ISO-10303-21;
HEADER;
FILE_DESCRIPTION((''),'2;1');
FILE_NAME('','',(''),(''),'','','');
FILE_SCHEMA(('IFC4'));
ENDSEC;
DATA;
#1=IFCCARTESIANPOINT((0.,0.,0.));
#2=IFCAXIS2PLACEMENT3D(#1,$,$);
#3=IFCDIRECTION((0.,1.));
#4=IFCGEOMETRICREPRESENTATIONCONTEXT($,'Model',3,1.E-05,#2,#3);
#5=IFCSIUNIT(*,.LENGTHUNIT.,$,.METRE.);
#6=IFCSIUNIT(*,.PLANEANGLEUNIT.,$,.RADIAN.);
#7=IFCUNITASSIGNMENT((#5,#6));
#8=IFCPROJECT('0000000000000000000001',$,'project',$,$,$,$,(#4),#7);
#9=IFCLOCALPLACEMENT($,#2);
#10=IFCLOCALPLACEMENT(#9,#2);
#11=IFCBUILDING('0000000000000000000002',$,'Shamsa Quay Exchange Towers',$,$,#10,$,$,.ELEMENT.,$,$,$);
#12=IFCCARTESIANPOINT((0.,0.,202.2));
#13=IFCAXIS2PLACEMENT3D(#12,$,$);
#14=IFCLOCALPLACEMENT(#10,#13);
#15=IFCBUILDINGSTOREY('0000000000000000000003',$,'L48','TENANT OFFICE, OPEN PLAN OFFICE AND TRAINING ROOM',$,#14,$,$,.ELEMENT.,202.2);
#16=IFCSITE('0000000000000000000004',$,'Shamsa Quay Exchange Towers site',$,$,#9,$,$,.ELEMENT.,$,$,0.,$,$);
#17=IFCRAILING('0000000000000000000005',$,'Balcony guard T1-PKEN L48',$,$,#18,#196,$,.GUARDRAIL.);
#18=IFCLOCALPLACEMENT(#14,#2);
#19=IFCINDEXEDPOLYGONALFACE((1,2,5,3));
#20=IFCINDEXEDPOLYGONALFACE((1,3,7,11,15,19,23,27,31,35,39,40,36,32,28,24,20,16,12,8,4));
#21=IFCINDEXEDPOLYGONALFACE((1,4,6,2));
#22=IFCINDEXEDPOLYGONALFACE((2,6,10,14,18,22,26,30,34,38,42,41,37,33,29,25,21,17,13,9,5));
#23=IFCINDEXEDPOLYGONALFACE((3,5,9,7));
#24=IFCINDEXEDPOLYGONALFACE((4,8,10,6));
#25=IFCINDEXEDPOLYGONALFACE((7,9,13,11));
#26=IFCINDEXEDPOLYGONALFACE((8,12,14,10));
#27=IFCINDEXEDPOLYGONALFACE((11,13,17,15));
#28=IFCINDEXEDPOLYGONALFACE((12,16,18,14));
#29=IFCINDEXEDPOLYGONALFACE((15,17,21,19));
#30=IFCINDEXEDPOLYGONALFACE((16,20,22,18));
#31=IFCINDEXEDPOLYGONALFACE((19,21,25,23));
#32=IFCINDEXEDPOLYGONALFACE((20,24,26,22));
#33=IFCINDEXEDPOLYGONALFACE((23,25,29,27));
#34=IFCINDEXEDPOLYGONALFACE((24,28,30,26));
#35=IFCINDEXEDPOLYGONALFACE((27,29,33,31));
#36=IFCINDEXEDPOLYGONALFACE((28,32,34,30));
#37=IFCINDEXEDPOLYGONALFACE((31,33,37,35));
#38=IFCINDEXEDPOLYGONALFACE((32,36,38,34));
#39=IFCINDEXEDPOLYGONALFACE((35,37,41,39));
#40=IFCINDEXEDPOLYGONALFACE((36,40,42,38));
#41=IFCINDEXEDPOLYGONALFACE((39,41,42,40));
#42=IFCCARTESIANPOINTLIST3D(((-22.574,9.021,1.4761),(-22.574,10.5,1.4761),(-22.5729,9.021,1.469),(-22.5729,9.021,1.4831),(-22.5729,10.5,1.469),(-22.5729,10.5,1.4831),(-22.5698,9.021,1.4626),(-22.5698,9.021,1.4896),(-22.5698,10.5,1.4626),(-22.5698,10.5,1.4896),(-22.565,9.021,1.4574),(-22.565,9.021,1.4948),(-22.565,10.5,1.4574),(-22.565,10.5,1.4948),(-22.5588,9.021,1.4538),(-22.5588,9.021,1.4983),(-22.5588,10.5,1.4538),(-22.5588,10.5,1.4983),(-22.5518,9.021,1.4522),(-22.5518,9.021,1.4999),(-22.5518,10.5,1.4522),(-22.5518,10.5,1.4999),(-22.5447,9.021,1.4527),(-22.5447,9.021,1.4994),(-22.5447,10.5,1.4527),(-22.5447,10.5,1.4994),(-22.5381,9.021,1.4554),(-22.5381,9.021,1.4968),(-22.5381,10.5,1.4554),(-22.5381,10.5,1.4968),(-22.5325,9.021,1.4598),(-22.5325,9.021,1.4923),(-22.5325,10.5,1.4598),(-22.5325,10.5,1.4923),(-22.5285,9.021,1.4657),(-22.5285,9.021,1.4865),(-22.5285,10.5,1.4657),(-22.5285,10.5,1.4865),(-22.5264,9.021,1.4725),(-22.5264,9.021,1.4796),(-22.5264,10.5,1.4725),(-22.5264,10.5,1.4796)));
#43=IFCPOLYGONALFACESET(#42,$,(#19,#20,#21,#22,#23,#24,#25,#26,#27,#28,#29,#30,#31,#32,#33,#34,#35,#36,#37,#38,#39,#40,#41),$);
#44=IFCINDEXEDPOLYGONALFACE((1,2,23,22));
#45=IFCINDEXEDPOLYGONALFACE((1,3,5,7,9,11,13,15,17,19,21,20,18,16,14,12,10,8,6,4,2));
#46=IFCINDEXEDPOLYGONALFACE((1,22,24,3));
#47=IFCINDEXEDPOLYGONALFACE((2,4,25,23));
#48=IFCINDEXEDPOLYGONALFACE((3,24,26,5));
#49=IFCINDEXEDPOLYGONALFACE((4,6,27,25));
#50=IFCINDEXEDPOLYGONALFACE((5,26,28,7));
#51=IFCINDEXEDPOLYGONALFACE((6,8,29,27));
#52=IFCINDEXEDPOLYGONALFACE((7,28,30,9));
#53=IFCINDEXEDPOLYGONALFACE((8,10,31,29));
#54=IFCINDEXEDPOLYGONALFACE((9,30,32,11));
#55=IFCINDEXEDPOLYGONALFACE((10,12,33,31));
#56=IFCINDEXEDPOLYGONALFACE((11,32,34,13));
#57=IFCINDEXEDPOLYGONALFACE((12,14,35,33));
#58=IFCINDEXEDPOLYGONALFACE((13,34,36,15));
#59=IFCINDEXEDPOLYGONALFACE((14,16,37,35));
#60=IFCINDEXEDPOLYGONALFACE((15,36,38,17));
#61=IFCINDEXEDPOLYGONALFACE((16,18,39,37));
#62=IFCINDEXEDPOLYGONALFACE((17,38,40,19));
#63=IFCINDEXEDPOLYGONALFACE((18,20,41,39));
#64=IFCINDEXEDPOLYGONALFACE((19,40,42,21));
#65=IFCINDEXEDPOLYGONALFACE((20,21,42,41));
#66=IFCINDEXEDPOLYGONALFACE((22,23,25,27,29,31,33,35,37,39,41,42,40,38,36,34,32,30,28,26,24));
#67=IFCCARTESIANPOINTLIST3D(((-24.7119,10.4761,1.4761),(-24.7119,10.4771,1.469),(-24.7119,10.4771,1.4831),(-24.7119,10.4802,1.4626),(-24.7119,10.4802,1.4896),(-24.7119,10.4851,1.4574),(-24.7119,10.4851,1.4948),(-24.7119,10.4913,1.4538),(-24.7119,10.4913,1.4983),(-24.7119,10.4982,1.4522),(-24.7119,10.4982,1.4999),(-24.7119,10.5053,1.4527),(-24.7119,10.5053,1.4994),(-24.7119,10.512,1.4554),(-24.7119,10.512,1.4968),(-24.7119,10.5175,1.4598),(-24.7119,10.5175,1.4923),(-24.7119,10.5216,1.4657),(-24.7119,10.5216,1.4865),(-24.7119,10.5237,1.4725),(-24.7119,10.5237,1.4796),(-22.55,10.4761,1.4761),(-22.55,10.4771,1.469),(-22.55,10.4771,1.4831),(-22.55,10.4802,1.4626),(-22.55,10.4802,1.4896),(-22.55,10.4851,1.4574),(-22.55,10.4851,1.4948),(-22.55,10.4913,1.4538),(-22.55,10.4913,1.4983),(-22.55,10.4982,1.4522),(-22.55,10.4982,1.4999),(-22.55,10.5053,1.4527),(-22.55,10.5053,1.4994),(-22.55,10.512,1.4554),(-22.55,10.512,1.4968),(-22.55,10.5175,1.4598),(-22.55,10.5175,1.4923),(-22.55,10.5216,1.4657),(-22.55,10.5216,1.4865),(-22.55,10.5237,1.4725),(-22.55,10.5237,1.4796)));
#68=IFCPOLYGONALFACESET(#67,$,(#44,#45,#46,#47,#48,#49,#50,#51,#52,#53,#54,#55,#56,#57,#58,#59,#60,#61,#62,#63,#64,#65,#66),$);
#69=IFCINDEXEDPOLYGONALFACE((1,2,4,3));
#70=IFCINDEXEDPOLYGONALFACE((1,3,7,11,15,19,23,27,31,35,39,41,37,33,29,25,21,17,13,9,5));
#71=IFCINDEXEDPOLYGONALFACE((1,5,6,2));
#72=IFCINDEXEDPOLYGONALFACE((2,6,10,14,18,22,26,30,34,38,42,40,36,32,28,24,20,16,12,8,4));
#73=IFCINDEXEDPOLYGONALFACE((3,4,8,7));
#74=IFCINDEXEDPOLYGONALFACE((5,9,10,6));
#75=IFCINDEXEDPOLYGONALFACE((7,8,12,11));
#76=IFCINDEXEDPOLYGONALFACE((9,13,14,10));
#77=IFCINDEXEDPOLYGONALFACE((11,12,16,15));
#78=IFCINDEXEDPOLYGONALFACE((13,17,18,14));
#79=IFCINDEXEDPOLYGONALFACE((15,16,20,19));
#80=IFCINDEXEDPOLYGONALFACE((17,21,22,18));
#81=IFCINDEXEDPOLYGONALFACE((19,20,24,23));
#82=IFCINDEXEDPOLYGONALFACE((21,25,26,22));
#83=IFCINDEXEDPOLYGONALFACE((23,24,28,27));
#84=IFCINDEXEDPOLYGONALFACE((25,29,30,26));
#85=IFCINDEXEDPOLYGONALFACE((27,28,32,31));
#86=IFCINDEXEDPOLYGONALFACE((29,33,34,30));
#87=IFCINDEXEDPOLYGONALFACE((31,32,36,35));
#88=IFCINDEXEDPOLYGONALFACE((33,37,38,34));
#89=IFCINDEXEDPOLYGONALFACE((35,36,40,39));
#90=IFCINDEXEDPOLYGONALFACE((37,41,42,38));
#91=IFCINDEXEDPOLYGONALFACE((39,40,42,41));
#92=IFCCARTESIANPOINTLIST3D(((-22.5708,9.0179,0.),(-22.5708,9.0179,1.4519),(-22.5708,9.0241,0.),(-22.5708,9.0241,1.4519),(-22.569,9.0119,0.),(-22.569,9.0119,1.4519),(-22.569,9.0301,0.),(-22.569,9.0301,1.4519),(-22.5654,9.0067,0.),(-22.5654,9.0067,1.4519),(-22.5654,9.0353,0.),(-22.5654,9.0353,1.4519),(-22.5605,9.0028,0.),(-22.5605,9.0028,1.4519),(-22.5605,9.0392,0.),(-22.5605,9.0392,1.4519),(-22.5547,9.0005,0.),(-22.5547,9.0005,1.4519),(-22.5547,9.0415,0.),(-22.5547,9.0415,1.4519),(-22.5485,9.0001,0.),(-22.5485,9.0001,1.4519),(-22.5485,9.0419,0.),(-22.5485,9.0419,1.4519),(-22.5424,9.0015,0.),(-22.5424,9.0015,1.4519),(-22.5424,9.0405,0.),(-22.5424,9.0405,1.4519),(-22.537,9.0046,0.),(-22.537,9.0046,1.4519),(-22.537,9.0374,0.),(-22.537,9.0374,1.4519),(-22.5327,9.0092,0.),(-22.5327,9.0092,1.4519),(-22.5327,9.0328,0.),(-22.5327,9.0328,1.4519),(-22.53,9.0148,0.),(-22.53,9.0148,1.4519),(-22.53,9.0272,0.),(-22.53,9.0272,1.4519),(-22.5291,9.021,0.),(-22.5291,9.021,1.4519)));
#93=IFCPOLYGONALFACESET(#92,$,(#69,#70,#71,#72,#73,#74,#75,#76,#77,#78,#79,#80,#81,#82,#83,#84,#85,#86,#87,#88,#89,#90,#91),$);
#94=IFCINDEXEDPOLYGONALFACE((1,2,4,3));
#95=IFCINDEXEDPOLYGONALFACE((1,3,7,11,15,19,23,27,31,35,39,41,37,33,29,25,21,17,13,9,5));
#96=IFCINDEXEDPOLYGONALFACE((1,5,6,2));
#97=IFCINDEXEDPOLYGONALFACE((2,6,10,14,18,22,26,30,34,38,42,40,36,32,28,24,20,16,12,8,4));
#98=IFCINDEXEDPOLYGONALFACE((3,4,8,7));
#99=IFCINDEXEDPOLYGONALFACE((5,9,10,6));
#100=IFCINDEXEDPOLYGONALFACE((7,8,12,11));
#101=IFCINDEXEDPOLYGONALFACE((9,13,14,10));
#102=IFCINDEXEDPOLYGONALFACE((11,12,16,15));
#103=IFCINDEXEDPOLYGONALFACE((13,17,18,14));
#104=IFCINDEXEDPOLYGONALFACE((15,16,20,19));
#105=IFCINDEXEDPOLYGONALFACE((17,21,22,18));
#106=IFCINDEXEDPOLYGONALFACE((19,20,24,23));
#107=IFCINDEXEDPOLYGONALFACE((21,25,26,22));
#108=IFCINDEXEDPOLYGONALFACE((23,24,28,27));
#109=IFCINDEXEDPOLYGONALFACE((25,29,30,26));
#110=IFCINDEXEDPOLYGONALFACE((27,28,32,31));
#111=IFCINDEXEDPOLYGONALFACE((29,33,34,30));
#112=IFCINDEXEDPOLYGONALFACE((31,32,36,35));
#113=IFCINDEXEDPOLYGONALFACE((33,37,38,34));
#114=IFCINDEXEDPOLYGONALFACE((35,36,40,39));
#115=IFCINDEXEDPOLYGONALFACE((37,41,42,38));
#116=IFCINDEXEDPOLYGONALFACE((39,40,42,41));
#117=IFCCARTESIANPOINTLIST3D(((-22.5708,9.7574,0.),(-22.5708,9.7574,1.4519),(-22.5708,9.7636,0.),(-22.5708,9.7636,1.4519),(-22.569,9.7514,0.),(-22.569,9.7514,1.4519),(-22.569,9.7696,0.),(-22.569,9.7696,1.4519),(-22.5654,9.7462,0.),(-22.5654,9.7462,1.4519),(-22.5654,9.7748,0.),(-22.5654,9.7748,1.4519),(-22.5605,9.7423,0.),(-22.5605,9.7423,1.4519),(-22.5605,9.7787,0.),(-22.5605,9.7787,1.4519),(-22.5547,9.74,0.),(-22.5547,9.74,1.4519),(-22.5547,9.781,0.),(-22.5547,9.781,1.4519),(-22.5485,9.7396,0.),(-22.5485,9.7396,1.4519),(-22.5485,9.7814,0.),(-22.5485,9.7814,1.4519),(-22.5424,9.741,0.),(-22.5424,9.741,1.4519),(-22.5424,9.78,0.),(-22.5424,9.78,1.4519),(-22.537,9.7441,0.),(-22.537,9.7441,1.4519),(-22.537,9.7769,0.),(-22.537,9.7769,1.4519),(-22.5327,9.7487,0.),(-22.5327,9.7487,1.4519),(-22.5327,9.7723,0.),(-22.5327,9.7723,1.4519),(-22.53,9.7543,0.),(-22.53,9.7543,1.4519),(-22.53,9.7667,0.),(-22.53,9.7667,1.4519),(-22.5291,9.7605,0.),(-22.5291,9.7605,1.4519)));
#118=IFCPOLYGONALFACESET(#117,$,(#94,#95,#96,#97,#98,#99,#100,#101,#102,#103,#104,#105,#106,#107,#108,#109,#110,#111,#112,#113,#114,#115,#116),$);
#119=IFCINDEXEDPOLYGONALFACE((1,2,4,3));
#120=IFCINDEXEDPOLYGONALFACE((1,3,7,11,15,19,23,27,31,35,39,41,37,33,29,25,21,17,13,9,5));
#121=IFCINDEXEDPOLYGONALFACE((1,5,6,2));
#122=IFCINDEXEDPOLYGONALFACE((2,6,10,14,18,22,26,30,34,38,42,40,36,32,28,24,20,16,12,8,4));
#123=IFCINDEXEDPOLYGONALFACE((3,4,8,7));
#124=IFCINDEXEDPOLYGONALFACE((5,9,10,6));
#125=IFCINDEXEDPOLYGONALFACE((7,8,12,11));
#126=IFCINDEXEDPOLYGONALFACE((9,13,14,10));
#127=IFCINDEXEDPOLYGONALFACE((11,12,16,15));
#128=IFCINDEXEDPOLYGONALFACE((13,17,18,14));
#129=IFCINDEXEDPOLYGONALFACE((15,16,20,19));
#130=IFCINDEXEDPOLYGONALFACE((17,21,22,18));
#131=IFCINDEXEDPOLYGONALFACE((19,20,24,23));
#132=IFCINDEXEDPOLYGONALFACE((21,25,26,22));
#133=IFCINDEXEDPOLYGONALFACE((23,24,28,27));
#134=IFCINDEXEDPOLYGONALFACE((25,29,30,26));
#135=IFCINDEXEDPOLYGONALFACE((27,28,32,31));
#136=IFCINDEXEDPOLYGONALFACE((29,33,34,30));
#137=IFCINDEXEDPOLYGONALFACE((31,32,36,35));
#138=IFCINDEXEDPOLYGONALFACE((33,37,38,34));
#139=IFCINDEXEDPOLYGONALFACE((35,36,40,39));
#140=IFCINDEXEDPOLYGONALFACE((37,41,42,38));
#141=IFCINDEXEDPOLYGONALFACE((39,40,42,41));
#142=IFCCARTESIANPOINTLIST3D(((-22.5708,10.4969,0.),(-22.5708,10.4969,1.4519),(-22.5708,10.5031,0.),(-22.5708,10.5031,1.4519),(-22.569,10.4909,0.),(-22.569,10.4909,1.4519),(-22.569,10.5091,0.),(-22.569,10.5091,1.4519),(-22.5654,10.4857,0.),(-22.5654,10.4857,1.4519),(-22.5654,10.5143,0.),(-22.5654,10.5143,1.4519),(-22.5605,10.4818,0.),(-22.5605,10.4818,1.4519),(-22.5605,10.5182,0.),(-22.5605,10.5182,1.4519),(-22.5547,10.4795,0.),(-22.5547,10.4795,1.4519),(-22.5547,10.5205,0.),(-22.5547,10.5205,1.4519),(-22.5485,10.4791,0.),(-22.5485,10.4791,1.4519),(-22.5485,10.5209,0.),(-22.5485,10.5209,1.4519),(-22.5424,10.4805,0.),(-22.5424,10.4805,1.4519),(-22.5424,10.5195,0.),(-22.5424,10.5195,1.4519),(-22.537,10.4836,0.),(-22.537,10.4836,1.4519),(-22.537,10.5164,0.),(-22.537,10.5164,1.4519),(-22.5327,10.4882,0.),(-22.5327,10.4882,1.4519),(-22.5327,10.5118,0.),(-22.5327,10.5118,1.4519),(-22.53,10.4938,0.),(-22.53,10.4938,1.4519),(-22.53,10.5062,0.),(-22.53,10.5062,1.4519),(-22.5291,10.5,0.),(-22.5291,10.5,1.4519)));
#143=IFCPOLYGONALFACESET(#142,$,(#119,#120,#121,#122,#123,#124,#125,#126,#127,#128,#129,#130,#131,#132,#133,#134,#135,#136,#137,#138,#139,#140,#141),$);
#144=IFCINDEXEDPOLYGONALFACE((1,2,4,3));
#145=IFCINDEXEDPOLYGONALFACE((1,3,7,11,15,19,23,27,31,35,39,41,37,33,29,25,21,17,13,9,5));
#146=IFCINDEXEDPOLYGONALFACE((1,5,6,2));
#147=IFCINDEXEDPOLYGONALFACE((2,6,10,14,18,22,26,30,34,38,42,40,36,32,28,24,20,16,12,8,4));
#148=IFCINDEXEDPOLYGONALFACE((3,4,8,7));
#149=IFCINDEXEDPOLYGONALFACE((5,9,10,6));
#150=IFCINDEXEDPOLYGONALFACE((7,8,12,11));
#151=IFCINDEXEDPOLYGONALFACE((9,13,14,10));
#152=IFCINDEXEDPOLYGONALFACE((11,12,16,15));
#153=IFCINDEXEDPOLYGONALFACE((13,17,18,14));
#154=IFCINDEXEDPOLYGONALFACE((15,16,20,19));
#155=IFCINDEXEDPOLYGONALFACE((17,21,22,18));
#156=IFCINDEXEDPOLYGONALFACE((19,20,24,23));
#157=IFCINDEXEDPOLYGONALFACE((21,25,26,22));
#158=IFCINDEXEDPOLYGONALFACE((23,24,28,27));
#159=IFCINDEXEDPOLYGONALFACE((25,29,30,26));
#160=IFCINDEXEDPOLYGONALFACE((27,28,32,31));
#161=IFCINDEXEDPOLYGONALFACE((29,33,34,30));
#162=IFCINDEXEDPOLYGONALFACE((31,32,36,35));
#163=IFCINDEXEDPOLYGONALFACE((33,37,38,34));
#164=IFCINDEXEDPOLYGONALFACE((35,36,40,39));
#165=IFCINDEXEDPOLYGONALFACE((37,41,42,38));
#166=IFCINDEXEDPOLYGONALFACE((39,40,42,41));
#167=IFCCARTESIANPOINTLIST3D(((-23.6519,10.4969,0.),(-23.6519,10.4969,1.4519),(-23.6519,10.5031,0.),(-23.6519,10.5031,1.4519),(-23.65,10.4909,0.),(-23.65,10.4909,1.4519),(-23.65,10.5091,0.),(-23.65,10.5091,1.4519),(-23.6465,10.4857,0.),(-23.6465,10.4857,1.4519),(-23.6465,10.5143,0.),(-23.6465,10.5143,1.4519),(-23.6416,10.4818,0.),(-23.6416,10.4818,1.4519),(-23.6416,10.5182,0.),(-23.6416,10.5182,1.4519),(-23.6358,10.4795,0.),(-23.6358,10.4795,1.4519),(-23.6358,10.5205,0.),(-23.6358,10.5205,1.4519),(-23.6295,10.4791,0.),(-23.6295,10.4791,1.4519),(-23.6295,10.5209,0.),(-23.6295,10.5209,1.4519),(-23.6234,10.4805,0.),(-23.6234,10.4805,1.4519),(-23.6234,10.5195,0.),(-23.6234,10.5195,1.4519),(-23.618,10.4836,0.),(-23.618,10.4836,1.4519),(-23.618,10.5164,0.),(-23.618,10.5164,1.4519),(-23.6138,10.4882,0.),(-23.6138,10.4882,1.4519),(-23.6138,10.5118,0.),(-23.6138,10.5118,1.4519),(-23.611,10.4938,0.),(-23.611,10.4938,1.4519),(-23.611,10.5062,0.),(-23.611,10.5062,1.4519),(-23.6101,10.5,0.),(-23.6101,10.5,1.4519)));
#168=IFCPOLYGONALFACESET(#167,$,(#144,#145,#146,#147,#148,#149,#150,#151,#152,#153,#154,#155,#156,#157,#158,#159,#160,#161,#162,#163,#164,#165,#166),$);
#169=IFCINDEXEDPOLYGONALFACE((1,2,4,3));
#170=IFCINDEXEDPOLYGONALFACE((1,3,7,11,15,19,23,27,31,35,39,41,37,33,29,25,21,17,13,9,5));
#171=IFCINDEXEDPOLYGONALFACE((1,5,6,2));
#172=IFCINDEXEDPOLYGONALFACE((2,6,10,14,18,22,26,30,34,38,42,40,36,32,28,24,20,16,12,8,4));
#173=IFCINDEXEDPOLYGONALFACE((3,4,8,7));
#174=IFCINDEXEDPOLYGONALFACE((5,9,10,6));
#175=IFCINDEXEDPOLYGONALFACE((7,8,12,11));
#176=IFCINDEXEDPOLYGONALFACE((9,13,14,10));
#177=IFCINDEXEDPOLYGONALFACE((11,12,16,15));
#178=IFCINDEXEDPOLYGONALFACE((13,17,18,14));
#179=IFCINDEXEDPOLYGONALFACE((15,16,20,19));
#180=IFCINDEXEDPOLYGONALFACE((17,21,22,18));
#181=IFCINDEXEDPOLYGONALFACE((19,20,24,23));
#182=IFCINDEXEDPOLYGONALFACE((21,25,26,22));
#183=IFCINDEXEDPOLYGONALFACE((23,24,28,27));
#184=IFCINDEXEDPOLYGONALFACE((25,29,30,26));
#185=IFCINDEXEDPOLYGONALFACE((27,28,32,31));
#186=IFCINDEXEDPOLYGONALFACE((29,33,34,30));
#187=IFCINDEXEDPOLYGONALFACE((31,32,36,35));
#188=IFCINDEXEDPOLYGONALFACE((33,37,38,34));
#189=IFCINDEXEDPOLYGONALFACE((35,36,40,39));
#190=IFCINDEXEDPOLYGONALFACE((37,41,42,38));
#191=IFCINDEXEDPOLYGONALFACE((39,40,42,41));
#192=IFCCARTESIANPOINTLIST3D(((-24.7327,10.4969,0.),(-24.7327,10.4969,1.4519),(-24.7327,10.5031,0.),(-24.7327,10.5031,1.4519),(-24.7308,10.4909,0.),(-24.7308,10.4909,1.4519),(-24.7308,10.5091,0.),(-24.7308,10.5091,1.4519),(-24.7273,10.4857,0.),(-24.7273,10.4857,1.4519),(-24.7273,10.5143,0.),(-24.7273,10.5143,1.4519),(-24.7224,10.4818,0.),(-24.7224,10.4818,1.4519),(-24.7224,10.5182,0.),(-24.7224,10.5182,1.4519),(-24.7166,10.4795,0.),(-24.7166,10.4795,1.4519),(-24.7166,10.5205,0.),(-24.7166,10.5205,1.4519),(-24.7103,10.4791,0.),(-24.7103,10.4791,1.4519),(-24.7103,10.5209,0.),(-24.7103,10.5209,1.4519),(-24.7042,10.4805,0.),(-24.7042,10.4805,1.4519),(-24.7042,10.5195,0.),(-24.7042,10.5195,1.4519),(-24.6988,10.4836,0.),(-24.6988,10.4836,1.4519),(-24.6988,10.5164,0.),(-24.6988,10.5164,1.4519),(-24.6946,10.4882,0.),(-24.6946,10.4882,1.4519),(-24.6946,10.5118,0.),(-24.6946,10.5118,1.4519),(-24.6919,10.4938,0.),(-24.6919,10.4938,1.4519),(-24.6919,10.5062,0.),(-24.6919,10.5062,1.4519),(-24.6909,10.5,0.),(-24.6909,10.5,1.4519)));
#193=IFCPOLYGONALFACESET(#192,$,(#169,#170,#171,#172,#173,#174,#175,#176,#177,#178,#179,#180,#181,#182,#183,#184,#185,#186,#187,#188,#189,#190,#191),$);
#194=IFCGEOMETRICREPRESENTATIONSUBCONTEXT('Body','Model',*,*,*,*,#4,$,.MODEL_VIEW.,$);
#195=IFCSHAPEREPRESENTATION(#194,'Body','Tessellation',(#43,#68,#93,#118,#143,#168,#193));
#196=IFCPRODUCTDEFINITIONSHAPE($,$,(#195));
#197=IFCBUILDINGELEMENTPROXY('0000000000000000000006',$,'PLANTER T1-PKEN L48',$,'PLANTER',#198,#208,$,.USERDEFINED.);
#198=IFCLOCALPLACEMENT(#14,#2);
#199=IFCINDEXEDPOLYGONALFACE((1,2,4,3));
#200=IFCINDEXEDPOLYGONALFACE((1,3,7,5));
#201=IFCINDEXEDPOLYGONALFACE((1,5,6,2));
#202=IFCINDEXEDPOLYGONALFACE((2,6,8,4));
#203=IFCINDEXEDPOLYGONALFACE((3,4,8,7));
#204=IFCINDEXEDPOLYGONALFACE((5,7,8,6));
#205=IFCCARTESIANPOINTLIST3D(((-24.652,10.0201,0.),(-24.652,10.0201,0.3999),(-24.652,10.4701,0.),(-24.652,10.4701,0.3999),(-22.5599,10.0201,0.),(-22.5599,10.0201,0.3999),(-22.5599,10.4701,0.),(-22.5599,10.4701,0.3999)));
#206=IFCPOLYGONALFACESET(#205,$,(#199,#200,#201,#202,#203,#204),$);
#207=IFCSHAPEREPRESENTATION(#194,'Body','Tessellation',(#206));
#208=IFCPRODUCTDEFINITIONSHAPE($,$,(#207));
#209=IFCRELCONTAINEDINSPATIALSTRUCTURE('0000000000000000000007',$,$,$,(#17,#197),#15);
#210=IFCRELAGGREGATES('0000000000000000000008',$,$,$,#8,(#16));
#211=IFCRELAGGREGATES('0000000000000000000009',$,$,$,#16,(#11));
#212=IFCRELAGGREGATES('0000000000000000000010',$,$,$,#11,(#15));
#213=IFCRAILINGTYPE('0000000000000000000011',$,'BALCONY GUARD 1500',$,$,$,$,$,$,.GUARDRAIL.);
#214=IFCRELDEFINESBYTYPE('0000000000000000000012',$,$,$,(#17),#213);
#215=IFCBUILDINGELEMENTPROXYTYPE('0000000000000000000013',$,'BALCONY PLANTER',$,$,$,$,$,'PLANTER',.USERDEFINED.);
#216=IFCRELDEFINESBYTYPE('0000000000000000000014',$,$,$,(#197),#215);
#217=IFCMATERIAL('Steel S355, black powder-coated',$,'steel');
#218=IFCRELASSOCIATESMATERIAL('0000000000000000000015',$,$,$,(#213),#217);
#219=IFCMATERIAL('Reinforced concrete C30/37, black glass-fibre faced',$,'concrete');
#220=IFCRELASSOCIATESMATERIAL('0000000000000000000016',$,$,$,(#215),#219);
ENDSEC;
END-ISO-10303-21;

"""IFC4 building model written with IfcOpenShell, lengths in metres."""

from ifc_helpers import new_model, si_unit, direction, frame, origin, origin_2d, place, context, subcontext, project, spatial, rectangle, circle, extrude, material, type_object, element, save


model = new_model("IFC4")

# Units and contexts
model_context = context("Model", 3, precision=1e-05, world=origin(), true_north=direction((0.0, 1.0)))
body_context = subcontext(model_context, "Body", "Model", "MODEL_VIEW")
ifc_project = project(units=[si_unit("LENGTHUNIT", "METRE"), si_unit("PLANEANGLEUNIT", "RADIAN")], contexts=[model_context])

# Site, building, storey
site_placement = place(None, origin())
site = spatial("IfcSite", under=ifc_project, at=site_placement, Name="Shamsa Quay Exchange Towers site", CompositionType="ELEMENT", RefElevation=0.0)
building_placement = place(site_placement, origin())
building = spatial("IfcBuilding", under=site, at=building_placement, Name="Shamsa Quay Exchange Towers", CompositionType="ELEMENT")
storey_placement = place(building_placement, frame((0.0, 0.0, 202.2)))
storey = spatial("IfcBuildingStorey", under=building, at=storey_placement, Name="L48", Description="TENANT OFFICE, OPEN PLAN OFFICE AND TRAINING ROOM", CompositionType="ELEMENT", Elevation=202.2)

# Railing
ifc_material_1 = material(Name="Steel S355, black powder-coated", Category="steel")
railing_type = type_object("IfcRailingType", Name="BALCONY GUARD 1500", PredefinedType="GUARDRAIL", material=ifc_material_1)
railing_placement = place(storey_placement, frame((-22.55, 9.021, 0.0)))
element("IfcRailing", 1, at=railing_placement, inside=storey, type_object=railing_type, Name="Balcony guard T1-PKEN L48", PredefinedType="GUARDRAIL", context=body_context, shape_type="SweptSolid", body=[
    extrude(circle(Radius=0.0239, at=origin_2d()), frame((0.0, 0.0, 1.4761), z_axis=(0.0, 1.0, 0.0), x_axis=(-1.0, 0.0, 0.0)), (0.0, 0.0, 1.0), 1.479),
    extrude(circle(Radius=0.0239, at=origin_2d()), frame((0.0, 1.479, 1.4761), z_axis=(-1.0, 0.0, 0.0), x_axis=(0.0, -1.0, 0.0)), (0.0, 0.0, 1.0), 2.1619),
    extrude(circle(Radius=0.021, at=origin_2d()), origin(), (0.0, 0.0, 1.0), 1.4519),
    extrude(circle(Radius=0.021, at=origin_2d()), frame((0.0, 0.7395, 0.0)), (0.0, 0.0, 1.0), 1.4519),
    extrude(circle(Radius=0.021, at=origin_2d()), frame((0.0, 1.479, 0.0)), (0.0, 0.0, 1.0), 1.4519),
    extrude(circle(Radius=0.021, at=origin_2d()), frame((-1.0811, 1.479, 0.0)), (0.0, 0.0, 1.0), 1.4519),
    extrude(circle(Radius=0.021, at=origin_2d()), frame((-2.1619, 1.479, 0.0)), (0.0, 0.0, 1.0), 1.4519),
])

# Building element proxy
ifc_material_2 = material(Name="Reinforced concrete C30/37, black glass-fibre faced", Category="concrete")
building_element_proxy_type = type_object("IfcBuildingElementProxyType", Name="BALCONY PLANTER", ElementType="PLANTER", PredefinedType="USERDEFINED", material=ifc_material_2)
proxy_placement = place(storey_placement, frame((-23.606, 10.2451, 0.0), z_axis=(0.0, 0.0, 1.0), x_axis=(-1.0, 0.0, 0.0)))
element("IfcBuildingElementProxy", 2, at=proxy_placement, inside=storey, type_object=building_element_proxy_type, Name="PLANTER T1-PKEN L48", ObjectType="PLANTER", PredefinedType="USERDEFINED", context=body_context, shape_type="SweptSolid", body=[
    extrude(rectangle(XDim=2.092, YDim=0.45, at=origin_2d()), origin(), (0.0, 0.0, 1.0), 0.3999),
])

save(model, "model.ifc")
